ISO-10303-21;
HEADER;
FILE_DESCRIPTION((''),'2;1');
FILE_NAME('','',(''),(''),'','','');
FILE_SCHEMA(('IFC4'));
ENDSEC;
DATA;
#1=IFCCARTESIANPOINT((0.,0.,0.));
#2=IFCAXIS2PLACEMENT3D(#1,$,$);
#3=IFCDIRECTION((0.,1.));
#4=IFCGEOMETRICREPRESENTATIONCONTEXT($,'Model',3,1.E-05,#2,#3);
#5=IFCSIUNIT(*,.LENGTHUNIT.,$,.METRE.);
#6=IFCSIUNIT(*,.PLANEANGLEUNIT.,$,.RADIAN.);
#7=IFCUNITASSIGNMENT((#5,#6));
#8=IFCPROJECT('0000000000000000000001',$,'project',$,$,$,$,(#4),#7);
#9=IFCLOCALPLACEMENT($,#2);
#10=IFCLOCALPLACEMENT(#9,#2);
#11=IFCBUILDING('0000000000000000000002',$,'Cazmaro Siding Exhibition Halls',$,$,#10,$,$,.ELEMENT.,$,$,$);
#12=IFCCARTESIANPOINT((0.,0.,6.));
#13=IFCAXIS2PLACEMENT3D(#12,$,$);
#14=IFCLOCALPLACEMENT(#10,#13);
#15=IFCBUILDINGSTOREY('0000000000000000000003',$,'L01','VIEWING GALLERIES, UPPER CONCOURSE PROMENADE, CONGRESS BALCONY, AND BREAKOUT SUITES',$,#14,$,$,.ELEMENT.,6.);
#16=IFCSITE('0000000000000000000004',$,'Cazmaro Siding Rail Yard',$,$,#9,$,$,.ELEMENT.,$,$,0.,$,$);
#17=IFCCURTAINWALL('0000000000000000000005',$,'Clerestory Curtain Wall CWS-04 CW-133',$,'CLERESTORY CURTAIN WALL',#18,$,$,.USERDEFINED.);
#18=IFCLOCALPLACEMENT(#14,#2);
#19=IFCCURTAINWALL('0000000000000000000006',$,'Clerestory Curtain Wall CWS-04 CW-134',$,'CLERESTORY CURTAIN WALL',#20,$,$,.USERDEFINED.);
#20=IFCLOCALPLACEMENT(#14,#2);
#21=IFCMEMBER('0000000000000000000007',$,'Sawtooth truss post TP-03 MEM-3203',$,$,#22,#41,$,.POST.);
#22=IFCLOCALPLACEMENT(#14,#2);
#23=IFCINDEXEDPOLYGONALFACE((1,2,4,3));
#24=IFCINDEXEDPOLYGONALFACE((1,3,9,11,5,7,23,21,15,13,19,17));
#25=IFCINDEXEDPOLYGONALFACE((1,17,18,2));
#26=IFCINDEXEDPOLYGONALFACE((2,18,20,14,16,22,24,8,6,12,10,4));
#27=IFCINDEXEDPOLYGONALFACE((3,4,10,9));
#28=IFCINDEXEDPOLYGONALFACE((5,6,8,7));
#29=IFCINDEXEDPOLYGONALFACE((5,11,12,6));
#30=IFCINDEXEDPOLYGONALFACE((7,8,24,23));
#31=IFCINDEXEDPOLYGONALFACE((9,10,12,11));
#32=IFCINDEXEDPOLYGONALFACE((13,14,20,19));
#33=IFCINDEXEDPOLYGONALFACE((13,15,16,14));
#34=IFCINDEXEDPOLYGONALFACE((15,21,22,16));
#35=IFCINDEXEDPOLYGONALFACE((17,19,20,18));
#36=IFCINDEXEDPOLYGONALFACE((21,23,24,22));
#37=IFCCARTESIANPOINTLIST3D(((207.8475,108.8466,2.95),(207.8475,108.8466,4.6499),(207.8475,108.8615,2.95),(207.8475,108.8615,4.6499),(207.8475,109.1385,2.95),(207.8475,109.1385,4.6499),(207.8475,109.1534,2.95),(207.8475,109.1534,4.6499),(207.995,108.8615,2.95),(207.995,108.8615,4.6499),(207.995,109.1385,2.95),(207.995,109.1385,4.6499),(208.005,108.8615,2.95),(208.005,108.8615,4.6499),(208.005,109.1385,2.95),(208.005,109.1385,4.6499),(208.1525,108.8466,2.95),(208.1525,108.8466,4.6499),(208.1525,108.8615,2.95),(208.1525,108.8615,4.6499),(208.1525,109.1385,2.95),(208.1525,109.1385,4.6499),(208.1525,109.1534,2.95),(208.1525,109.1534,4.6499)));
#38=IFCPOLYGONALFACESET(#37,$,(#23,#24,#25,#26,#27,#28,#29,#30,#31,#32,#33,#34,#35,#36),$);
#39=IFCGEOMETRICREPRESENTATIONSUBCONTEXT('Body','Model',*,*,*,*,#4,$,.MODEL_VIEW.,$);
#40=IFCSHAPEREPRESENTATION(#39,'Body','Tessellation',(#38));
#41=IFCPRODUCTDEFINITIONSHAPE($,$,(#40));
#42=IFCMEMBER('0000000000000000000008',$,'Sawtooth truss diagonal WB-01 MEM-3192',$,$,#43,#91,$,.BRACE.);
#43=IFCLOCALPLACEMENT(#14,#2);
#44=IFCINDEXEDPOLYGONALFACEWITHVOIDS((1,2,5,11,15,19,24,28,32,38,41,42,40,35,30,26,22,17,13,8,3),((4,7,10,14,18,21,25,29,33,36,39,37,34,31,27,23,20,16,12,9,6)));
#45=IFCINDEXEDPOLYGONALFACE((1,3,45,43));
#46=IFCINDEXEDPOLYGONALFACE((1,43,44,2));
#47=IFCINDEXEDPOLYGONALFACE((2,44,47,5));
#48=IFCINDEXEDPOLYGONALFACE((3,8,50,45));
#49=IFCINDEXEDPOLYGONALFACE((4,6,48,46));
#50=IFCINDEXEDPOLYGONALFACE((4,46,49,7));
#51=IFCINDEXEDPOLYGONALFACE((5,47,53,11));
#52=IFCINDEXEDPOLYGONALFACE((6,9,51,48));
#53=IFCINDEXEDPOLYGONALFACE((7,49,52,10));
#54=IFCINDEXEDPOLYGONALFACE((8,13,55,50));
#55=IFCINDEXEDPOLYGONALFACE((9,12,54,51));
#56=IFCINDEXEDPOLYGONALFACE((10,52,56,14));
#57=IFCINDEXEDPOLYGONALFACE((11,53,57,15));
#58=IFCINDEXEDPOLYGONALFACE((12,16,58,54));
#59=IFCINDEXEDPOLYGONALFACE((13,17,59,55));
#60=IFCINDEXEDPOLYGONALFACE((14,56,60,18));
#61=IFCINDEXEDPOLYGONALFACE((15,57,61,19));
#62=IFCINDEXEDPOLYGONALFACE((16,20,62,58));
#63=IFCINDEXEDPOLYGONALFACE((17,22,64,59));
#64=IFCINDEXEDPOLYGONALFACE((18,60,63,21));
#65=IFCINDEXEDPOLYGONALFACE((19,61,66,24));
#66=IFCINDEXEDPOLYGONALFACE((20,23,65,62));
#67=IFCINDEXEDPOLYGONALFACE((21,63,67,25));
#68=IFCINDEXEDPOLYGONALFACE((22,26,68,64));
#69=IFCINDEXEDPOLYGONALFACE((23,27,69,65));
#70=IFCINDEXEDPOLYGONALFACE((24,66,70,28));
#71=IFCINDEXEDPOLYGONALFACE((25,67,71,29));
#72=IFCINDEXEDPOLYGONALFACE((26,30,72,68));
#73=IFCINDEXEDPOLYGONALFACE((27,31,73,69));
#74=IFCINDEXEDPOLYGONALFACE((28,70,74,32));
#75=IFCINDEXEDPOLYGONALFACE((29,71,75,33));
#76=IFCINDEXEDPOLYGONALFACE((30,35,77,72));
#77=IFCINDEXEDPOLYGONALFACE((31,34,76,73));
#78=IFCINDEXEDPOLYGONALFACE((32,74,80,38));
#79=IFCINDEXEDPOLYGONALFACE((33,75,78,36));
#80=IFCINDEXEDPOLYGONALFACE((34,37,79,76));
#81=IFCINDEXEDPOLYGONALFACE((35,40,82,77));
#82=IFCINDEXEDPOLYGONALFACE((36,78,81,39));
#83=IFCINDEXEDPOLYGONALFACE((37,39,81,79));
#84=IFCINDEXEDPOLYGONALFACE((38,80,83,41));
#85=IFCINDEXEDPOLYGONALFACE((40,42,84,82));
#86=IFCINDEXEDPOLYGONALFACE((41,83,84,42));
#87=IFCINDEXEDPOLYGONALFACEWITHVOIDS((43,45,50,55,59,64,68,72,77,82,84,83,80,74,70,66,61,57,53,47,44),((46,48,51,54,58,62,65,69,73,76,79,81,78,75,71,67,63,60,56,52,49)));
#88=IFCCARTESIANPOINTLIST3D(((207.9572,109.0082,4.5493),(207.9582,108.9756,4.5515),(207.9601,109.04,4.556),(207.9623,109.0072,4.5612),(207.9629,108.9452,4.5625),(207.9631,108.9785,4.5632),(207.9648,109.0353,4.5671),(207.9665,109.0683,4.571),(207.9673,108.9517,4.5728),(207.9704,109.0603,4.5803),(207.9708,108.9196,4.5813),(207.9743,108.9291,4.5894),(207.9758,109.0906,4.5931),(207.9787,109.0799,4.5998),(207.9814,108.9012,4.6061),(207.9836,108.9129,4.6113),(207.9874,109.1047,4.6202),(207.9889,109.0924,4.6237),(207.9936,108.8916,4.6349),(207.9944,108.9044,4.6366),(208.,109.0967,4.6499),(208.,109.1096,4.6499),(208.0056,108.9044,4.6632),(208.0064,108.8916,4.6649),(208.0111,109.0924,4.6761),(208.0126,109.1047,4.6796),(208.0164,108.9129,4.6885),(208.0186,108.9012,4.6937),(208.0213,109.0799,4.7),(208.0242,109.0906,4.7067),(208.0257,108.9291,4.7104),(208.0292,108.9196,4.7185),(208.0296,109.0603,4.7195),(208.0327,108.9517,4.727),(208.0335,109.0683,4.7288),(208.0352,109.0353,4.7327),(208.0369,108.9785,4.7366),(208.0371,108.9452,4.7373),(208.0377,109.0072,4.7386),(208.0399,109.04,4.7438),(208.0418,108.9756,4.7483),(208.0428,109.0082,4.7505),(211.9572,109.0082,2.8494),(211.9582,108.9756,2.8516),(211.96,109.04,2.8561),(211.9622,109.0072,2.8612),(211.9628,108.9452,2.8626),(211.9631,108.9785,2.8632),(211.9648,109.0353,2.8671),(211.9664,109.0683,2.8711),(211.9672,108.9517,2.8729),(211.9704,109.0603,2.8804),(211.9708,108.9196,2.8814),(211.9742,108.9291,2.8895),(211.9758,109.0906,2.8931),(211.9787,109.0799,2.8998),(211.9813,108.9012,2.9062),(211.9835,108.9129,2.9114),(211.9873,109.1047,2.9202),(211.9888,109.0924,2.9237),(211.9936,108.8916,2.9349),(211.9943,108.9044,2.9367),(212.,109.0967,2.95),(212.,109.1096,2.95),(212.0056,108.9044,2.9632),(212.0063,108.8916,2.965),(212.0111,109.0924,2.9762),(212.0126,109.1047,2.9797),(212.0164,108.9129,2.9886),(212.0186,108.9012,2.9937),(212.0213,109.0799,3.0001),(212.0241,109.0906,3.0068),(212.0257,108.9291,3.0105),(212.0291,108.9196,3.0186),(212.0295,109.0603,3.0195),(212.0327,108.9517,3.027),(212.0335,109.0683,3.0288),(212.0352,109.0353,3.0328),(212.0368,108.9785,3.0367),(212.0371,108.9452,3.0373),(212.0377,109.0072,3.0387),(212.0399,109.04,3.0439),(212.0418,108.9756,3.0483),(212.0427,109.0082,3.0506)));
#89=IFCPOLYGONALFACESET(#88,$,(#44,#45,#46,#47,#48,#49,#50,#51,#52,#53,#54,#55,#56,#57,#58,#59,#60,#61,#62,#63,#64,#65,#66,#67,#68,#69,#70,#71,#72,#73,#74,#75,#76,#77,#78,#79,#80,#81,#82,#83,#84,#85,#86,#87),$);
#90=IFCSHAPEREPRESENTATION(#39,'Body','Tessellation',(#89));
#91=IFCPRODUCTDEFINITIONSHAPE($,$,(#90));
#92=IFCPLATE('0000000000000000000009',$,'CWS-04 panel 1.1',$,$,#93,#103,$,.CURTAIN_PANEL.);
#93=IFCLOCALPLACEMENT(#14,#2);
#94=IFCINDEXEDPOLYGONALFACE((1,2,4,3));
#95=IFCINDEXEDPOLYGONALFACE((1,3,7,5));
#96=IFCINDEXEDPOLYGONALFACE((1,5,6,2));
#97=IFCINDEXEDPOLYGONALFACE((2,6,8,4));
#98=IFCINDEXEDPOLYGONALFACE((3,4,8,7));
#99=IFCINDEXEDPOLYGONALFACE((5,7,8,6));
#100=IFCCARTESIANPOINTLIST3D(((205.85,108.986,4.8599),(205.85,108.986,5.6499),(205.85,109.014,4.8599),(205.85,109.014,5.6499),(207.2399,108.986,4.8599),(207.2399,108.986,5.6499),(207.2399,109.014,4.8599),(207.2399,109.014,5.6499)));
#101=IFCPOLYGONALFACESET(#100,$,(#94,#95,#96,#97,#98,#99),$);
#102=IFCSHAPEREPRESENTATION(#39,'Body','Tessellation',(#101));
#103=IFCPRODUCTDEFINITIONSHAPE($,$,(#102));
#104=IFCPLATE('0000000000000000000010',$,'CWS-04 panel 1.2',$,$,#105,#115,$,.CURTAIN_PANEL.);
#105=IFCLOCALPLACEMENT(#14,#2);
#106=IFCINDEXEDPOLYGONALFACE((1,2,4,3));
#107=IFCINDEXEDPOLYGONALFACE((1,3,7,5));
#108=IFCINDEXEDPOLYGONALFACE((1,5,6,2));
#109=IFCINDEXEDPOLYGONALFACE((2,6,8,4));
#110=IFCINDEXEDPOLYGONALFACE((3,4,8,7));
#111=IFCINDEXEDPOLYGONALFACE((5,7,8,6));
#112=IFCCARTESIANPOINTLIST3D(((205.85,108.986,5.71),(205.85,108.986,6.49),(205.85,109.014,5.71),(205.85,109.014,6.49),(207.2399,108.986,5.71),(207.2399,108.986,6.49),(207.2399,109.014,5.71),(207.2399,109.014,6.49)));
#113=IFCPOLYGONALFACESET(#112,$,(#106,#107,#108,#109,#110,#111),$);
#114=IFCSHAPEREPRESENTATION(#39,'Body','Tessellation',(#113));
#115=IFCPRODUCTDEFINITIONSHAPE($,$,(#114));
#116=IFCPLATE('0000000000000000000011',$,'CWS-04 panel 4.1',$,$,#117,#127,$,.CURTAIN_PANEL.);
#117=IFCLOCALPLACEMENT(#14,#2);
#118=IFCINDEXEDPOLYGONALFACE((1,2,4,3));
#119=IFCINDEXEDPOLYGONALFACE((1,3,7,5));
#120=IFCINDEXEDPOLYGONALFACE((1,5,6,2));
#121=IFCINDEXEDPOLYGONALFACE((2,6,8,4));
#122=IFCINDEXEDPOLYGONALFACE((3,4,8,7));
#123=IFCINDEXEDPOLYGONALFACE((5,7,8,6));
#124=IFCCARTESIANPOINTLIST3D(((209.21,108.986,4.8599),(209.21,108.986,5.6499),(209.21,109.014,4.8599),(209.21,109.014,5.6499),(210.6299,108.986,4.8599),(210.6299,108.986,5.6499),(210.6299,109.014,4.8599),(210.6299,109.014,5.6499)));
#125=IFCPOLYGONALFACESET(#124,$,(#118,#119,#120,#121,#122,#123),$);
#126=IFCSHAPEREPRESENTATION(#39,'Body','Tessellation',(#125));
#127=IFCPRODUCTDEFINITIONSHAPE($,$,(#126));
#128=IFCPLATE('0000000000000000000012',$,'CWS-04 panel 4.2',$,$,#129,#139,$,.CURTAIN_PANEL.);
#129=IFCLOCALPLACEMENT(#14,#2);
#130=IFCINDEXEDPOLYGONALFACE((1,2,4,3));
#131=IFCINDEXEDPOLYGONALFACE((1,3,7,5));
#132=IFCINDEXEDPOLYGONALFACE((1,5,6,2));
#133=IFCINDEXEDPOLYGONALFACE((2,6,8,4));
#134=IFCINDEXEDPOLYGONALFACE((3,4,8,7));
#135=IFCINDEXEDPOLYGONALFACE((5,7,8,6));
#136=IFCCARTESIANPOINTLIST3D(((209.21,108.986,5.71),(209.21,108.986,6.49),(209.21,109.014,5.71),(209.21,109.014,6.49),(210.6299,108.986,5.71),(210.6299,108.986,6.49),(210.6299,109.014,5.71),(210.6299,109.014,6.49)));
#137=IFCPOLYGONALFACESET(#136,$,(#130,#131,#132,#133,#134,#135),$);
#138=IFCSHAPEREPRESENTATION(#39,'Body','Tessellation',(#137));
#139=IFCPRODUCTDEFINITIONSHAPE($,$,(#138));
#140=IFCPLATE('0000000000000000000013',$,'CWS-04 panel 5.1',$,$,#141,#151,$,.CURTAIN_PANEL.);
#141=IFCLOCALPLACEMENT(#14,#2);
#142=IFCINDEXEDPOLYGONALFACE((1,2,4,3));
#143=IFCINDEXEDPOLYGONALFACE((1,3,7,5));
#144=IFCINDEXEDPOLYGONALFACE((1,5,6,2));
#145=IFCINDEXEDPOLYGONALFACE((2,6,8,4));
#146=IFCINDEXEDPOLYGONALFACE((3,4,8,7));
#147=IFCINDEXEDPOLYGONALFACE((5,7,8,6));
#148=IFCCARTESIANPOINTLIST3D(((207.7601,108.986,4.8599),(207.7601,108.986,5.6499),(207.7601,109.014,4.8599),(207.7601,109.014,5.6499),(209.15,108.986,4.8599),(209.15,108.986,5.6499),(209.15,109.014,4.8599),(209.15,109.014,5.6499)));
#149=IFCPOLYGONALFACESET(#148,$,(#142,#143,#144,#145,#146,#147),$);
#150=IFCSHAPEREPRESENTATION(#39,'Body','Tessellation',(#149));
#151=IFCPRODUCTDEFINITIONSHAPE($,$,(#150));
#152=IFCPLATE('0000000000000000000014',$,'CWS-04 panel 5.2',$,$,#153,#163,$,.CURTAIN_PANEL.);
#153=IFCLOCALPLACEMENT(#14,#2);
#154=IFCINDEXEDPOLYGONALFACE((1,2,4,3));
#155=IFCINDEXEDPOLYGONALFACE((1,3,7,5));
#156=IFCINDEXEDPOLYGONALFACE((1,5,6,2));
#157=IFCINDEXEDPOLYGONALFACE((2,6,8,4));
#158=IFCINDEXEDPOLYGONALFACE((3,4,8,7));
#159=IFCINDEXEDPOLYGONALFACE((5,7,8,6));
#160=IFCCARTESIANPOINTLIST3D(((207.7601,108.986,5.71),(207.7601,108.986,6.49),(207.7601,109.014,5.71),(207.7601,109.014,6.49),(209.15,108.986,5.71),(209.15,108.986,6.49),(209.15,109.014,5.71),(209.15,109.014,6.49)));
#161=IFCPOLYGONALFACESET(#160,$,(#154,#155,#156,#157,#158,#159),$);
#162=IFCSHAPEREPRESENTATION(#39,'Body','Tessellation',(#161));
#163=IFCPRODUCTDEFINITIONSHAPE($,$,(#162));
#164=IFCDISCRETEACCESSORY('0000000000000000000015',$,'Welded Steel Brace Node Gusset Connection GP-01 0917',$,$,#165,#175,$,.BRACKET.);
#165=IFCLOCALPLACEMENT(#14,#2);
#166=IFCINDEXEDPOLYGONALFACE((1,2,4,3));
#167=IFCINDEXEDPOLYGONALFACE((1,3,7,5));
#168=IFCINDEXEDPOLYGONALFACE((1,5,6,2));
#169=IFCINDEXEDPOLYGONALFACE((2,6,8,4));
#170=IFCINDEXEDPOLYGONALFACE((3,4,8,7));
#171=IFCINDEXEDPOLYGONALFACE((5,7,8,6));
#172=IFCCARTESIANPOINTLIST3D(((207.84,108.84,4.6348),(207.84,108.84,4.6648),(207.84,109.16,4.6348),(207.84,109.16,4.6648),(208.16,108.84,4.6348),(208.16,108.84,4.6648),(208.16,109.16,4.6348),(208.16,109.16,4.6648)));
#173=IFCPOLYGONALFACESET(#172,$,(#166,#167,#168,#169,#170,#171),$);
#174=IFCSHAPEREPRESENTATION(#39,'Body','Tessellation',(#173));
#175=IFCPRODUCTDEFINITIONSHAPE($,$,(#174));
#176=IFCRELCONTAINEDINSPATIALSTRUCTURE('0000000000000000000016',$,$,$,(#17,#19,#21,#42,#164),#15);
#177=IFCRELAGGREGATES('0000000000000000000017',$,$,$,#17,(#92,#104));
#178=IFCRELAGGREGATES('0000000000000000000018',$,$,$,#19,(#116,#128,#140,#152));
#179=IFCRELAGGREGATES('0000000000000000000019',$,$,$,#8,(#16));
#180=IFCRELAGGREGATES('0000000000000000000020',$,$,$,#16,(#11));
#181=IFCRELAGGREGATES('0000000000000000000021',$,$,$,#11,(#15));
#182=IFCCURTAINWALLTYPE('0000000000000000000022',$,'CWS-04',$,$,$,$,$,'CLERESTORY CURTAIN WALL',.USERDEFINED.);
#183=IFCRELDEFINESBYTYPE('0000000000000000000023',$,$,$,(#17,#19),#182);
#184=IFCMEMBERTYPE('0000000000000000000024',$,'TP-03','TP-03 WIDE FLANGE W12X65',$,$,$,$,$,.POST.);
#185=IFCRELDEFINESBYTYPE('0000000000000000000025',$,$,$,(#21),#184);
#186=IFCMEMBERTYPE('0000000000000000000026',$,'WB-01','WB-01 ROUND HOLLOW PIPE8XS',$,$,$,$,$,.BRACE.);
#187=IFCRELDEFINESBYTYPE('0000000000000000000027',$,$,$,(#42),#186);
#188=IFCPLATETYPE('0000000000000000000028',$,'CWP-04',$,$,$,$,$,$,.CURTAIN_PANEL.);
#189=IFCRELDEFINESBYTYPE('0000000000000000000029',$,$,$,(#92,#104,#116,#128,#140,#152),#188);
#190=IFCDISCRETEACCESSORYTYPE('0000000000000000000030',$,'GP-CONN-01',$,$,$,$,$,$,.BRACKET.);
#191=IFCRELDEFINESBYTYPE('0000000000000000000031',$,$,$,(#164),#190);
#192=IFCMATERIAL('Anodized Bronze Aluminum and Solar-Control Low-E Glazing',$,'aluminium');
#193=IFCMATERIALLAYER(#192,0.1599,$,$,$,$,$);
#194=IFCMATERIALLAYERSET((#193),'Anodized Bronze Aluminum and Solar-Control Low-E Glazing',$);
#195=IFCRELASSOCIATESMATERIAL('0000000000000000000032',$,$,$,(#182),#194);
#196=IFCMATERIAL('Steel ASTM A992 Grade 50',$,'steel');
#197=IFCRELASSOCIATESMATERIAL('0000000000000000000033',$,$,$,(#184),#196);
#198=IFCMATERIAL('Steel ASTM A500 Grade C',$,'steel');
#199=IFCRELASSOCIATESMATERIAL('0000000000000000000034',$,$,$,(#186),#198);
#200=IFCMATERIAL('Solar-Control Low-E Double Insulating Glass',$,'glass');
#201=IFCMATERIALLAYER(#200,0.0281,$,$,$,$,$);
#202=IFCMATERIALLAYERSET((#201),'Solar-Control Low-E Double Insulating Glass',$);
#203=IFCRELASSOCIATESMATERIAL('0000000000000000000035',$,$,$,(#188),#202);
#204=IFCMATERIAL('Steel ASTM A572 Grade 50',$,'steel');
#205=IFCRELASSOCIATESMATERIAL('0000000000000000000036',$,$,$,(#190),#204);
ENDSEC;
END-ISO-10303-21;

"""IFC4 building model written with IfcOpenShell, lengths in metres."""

from ifc_helpers import new_model, si_unit, direction, frame, origin, origin_2d, place, context, subcontext, project, spatial, rectangle, hollow_circle, i_section, extrude, material, layer, layer_set, material_profile, profile_set, type_object, element, aggregate, save


model = new_model("IFC4")

# Units and contexts
model_context = context("Model", 3, precision=1e-05, world=origin(), true_north=direction((0.0, 1.0)))
body_context = subcontext(model_context, "Body", "Model", "MODEL_VIEW")
ifc_project = project(units=[si_unit("LENGTHUNIT", "METRE"), si_unit("PLANEANGLEUNIT", "RADIAN")], contexts=[model_context])

# Site, building, storey
site_placement = place(None, origin())
site = spatial("IfcSite", under=ifc_project, at=site_placement, Name="Cazmaro Siding Rail Yard", CompositionType="ELEMENT", RefElevation=0.0)
building_placement = place(site_placement, origin())
building = spatial("IfcBuilding", under=site, at=building_placement, Name="Cazmaro Siding Exhibition Halls", CompositionType="ELEMENT")
storey_placement = place(building_placement, frame((0.0, 0.0, 6.0)))
storey = spatial("IfcBuildingStorey", under=building, at=storey_placement, Name="L01", Description="VIEWING GALLERIES, UPPER CONCOURSE PROMENADE, CONGRESS BALCONY, AND BREAKOUT SUITES", CompositionType="ELEMENT", Elevation=6.0)

# Curtain walls
ifc_material_1 = material(Name="Anodized Bronze Aluminum and Solar-Control Low-E Glazing", Category="aluminium")
ifc_layer_1 = layer(ifc_material_1, 0.1599)
ifc_layer_set_1 = layer_set([ifc_layer_1], Name="Anodized Bronze Aluminum and Solar-Control Low-E Glazing")
curtain_wall_type = type_object("IfcCurtainWallType", Name="CWS-04", ElementType="CLERESTORY CURTAIN WALL", PredefinedType="USERDEFINED", material=ifc_layer_set_1)
curtain_wall_1_placement = place(storey_placement, origin())
curtain_wall_1 = element("IfcCurtainWall", 1, at=curtain_wall_1_placement, inside=storey, type_object=curtain_wall_type, Name="Clerestory Curtain Wall CWS-04 CW-133", ObjectType="CLERESTORY CURTAIN WALL", PredefinedType="USERDEFINED")
curtain_wall_2_placement = place(storey_placement, origin())
curtain_wall_2 = element("IfcCurtainWall", 2, at=curtain_wall_2_placement, inside=storey, type_object=curtain_wall_type, Name="Clerestory Curtain Wall CWS-04 CW-134", ObjectType="CLERESTORY CURTAIN WALL", PredefinedType="USERDEFINED")

# Members
ifc_material_2 = material(Name="Steel ASTM A992 Grade 50", Category="steel")
ifc_material_profile_1 = material_profile(ifc_material_2, i_section(OverallWidth=0.3049, OverallDepth=0.3069, WebThickness=0.01, FlangeThickness=0.0149, at=origin_2d()), Name="W12X65")
ifc_profile_set_1 = profile_set([ifc_material_profile_1], Name="Steel ASTM A992 Grade 50")
member_type_1 = type_object("IfcMemberType", Name="TP-03", Description="TP-03 WIDE FLANGE W12X65", PredefinedType="POST", material=ifc_profile_set_1)
member_1_placement = place(storey_placement, frame((208.0, 109.0, 2.95), z_axis=(0.0, 0.0, 1.0), x_axis=(1.0, 0.0, 0.0)))
element("IfcMember", 3, at=member_1_placement, inside=storey, type_object=member_type_1, Name="Sawtooth truss post TP-03 MEM-3203", PredefinedType="POST", context=body_context, shape_type="SweptSolid", body=[
    extrude(i_section(OverallWidth=0.3049, OverallDepth=0.3069, WebThickness=0.01, FlangeThickness=0.0149, at=origin_2d()), origin(), (0.0, 0.0, 1.0), 1.7),
])
ifc_material_3 = material(Name="Steel ASTM A500 Grade C", Category="steel")
ifc_material_profile_2 = material_profile(ifc_material_3, hollow_circle(Radius=0.1096, WallThickness=0.0129, at=origin_2d()), Name="PIPE8XS")
ifc_profile_set_2 = profile_set([ifc_material_profile_2], Name="Steel ASTM A500 Grade C")
member_type_2 = type_object("IfcMemberType", Name="WB-01", Description="WB-01 ROUND HOLLOW PIPE8XS", PredefinedType="BRACE", material=ifc_profile_set_2)
member_2_placement = place(storey_placement, frame((208.0, 109.0, 4.6499), z_axis=(0.920335, 0.0, -0.391131), x_axis=(0.0, 1.0, 0.0)))
element("IfcMember", 4, at=member_2_placement, inside=storey, type_object=member_type_2, Name="Sawtooth truss diagonal WB-01 MEM-3192", PredefinedType="BRACE", context=body_context, shape_type="SweptSolid", body=[
    extrude(hollow_circle(Radius=0.1096, WallThickness=0.0129, at=origin_2d()), origin(), (0.0, 0.0, 1.0), 4.3462),
])

# Plates
ifc_material_4 = material(Name="Solar-Control Low-E Double Insulating Glass", Category="glass")
ifc_layer_2 = layer(ifc_material_4, 0.0281)
ifc_layer_set_2 = layer_set([ifc_layer_2], Name="Solar-Control Low-E Double Insulating Glass")
plate_type = type_object("IfcPlateType", Name="CWP-04", PredefinedType="CURTAIN_PANEL", material=ifc_layer_set_2)
plate_1_placement = place(storey_placement, frame((206.5449, 109.0, 4.8599), z_axis=(0.0, 0.0, 1.0), x_axis=(-1.0, 0.0, 0.0)))
plate_1 = element("IfcPlate", 5, at=plate_1_placement, type_object=plate_type, Name="CWS-04 panel 1.1", PredefinedType="CURTAIN_PANEL", context=body_context, shape_type="SweptSolid", body=[
    extrude(rectangle(XDim=1.3899, YDim=0.0281, at=origin_2d()), origin(), (0.0, 0.0, 1.0), 0.79),
])
plate_2_placement = place(storey_placement, frame((206.5449, 109.0, 5.71), z_axis=(0.0, 0.0, 1.0), x_axis=(-1.0, 0.0, 0.0)))
plate_2 = element("IfcPlate", 6, at=plate_2_placement, type_object=plate_type, Name="CWS-04 panel 1.2", PredefinedType="CURTAIN_PANEL", context=body_context, shape_type="SweptSolid", body=[
    extrude(rectangle(XDim=1.3899, YDim=0.0281, at=origin_2d()), origin(), (0.0, 0.0, 1.0), 0.78),
])
aggregate(curtain_wall_1, [plate_1, plate_2])
plate_3_placement = place(storey_placement, frame((209.9199, 109.0, 4.8599), z_axis=(0.0, 0.0, 1.0), x_axis=(-1.0, 0.0, 0.0)))
plate_3 = element("IfcPlate", 7, at=plate_3_placement, type_object=plate_type, Name="CWS-04 panel 4.1", PredefinedType="CURTAIN_PANEL", context=body_context, shape_type="SweptSolid", body=[
    extrude(rectangle(XDim=1.4199, YDim=0.0281, at=origin_2d()), origin(), (0.0, 0.0, 1.0), 0.79),
])
plate_4_placement = place(storey_placement, frame((209.9199, 109.0, 5.71), z_axis=(0.0, 0.0, 1.0), x_axis=(-1.0, 0.0, 0.0)))
plate_4 = element("IfcPlate", 8, at=plate_4_placement, type_object=plate_type, Name="CWS-04 panel 4.2", PredefinedType="CURTAIN_PANEL", context=body_context, shape_type="SweptSolid", body=[
    extrude(rectangle(XDim=1.4199, YDim=0.0281, at=origin_2d()), origin(), (0.0, 0.0, 1.0), 0.78),
])
plate_5_placement = place(storey_placement, frame((208.4551, 109.0, 4.8599), z_axis=(0.0, 0.0, 1.0), x_axis=(-1.0, 0.0, 0.0)))
plate_5 = element("IfcPlate", 9, at=plate_5_placement, type_object=plate_type, Name="CWS-04 panel 5.1", PredefinedType="CURTAIN_PANEL", context=body_context, shape_type="SweptSolid", body=[
    extrude(rectangle(XDim=1.3899, YDim=0.0281, at=origin_2d()), origin(), (0.0, 0.0, 1.0), 0.79),
])
plate_6_placement = place(storey_placement, frame((208.4551, 109.0, 5.71), z_axis=(0.0, 0.0, 1.0), x_axis=(-1.0, 0.0, 0.0)))
plate_6 = element("IfcPlate", 10, at=plate_6_placement, type_object=plate_type, Name="CWS-04 panel 5.2", PredefinedType="CURTAIN_PANEL", context=body_context, shape_type="SweptSolid", body=[
    extrude(rectangle(XDim=1.3899, YDim=0.0281, at=origin_2d()), origin(), (0.0, 0.0, 1.0), 0.78),
])
aggregate(curtain_wall_2, [plate_3, plate_4, plate_5, plate_6])

# Discrete accessory
ifc_material_5 = material(Name="Steel ASTM A572 Grade 50", Category="steel")
discrete_accessory_type = type_object("IfcDiscreteAccessoryType", Name="GP-CONN-01", PredefinedType="BRACKET", material=ifc_material_5)
discrete_accessory_placement = place(storey_placement, frame((208.0, 109.0, 4.6348), z_axis=(0.0, 0.0, 1.0), x_axis=(1.0, 0.0, 0.0)))
element("IfcDiscreteAccessory", 11, at=discrete_accessory_placement, inside=storey, type_object=discrete_accessory_type, Name="Welded Steel Brace Node Gusset Connection GP-01 0917", PredefinedType="BRACKET", context=body_context, shape_type="SweptSolid", body=[
    extrude(rectangle(XDim=0.3201, YDim=0.3201, at=origin_2d()), origin(), (0.0, 0.0, 1.0), 0.03),
])

save(model, "model.ifc")
